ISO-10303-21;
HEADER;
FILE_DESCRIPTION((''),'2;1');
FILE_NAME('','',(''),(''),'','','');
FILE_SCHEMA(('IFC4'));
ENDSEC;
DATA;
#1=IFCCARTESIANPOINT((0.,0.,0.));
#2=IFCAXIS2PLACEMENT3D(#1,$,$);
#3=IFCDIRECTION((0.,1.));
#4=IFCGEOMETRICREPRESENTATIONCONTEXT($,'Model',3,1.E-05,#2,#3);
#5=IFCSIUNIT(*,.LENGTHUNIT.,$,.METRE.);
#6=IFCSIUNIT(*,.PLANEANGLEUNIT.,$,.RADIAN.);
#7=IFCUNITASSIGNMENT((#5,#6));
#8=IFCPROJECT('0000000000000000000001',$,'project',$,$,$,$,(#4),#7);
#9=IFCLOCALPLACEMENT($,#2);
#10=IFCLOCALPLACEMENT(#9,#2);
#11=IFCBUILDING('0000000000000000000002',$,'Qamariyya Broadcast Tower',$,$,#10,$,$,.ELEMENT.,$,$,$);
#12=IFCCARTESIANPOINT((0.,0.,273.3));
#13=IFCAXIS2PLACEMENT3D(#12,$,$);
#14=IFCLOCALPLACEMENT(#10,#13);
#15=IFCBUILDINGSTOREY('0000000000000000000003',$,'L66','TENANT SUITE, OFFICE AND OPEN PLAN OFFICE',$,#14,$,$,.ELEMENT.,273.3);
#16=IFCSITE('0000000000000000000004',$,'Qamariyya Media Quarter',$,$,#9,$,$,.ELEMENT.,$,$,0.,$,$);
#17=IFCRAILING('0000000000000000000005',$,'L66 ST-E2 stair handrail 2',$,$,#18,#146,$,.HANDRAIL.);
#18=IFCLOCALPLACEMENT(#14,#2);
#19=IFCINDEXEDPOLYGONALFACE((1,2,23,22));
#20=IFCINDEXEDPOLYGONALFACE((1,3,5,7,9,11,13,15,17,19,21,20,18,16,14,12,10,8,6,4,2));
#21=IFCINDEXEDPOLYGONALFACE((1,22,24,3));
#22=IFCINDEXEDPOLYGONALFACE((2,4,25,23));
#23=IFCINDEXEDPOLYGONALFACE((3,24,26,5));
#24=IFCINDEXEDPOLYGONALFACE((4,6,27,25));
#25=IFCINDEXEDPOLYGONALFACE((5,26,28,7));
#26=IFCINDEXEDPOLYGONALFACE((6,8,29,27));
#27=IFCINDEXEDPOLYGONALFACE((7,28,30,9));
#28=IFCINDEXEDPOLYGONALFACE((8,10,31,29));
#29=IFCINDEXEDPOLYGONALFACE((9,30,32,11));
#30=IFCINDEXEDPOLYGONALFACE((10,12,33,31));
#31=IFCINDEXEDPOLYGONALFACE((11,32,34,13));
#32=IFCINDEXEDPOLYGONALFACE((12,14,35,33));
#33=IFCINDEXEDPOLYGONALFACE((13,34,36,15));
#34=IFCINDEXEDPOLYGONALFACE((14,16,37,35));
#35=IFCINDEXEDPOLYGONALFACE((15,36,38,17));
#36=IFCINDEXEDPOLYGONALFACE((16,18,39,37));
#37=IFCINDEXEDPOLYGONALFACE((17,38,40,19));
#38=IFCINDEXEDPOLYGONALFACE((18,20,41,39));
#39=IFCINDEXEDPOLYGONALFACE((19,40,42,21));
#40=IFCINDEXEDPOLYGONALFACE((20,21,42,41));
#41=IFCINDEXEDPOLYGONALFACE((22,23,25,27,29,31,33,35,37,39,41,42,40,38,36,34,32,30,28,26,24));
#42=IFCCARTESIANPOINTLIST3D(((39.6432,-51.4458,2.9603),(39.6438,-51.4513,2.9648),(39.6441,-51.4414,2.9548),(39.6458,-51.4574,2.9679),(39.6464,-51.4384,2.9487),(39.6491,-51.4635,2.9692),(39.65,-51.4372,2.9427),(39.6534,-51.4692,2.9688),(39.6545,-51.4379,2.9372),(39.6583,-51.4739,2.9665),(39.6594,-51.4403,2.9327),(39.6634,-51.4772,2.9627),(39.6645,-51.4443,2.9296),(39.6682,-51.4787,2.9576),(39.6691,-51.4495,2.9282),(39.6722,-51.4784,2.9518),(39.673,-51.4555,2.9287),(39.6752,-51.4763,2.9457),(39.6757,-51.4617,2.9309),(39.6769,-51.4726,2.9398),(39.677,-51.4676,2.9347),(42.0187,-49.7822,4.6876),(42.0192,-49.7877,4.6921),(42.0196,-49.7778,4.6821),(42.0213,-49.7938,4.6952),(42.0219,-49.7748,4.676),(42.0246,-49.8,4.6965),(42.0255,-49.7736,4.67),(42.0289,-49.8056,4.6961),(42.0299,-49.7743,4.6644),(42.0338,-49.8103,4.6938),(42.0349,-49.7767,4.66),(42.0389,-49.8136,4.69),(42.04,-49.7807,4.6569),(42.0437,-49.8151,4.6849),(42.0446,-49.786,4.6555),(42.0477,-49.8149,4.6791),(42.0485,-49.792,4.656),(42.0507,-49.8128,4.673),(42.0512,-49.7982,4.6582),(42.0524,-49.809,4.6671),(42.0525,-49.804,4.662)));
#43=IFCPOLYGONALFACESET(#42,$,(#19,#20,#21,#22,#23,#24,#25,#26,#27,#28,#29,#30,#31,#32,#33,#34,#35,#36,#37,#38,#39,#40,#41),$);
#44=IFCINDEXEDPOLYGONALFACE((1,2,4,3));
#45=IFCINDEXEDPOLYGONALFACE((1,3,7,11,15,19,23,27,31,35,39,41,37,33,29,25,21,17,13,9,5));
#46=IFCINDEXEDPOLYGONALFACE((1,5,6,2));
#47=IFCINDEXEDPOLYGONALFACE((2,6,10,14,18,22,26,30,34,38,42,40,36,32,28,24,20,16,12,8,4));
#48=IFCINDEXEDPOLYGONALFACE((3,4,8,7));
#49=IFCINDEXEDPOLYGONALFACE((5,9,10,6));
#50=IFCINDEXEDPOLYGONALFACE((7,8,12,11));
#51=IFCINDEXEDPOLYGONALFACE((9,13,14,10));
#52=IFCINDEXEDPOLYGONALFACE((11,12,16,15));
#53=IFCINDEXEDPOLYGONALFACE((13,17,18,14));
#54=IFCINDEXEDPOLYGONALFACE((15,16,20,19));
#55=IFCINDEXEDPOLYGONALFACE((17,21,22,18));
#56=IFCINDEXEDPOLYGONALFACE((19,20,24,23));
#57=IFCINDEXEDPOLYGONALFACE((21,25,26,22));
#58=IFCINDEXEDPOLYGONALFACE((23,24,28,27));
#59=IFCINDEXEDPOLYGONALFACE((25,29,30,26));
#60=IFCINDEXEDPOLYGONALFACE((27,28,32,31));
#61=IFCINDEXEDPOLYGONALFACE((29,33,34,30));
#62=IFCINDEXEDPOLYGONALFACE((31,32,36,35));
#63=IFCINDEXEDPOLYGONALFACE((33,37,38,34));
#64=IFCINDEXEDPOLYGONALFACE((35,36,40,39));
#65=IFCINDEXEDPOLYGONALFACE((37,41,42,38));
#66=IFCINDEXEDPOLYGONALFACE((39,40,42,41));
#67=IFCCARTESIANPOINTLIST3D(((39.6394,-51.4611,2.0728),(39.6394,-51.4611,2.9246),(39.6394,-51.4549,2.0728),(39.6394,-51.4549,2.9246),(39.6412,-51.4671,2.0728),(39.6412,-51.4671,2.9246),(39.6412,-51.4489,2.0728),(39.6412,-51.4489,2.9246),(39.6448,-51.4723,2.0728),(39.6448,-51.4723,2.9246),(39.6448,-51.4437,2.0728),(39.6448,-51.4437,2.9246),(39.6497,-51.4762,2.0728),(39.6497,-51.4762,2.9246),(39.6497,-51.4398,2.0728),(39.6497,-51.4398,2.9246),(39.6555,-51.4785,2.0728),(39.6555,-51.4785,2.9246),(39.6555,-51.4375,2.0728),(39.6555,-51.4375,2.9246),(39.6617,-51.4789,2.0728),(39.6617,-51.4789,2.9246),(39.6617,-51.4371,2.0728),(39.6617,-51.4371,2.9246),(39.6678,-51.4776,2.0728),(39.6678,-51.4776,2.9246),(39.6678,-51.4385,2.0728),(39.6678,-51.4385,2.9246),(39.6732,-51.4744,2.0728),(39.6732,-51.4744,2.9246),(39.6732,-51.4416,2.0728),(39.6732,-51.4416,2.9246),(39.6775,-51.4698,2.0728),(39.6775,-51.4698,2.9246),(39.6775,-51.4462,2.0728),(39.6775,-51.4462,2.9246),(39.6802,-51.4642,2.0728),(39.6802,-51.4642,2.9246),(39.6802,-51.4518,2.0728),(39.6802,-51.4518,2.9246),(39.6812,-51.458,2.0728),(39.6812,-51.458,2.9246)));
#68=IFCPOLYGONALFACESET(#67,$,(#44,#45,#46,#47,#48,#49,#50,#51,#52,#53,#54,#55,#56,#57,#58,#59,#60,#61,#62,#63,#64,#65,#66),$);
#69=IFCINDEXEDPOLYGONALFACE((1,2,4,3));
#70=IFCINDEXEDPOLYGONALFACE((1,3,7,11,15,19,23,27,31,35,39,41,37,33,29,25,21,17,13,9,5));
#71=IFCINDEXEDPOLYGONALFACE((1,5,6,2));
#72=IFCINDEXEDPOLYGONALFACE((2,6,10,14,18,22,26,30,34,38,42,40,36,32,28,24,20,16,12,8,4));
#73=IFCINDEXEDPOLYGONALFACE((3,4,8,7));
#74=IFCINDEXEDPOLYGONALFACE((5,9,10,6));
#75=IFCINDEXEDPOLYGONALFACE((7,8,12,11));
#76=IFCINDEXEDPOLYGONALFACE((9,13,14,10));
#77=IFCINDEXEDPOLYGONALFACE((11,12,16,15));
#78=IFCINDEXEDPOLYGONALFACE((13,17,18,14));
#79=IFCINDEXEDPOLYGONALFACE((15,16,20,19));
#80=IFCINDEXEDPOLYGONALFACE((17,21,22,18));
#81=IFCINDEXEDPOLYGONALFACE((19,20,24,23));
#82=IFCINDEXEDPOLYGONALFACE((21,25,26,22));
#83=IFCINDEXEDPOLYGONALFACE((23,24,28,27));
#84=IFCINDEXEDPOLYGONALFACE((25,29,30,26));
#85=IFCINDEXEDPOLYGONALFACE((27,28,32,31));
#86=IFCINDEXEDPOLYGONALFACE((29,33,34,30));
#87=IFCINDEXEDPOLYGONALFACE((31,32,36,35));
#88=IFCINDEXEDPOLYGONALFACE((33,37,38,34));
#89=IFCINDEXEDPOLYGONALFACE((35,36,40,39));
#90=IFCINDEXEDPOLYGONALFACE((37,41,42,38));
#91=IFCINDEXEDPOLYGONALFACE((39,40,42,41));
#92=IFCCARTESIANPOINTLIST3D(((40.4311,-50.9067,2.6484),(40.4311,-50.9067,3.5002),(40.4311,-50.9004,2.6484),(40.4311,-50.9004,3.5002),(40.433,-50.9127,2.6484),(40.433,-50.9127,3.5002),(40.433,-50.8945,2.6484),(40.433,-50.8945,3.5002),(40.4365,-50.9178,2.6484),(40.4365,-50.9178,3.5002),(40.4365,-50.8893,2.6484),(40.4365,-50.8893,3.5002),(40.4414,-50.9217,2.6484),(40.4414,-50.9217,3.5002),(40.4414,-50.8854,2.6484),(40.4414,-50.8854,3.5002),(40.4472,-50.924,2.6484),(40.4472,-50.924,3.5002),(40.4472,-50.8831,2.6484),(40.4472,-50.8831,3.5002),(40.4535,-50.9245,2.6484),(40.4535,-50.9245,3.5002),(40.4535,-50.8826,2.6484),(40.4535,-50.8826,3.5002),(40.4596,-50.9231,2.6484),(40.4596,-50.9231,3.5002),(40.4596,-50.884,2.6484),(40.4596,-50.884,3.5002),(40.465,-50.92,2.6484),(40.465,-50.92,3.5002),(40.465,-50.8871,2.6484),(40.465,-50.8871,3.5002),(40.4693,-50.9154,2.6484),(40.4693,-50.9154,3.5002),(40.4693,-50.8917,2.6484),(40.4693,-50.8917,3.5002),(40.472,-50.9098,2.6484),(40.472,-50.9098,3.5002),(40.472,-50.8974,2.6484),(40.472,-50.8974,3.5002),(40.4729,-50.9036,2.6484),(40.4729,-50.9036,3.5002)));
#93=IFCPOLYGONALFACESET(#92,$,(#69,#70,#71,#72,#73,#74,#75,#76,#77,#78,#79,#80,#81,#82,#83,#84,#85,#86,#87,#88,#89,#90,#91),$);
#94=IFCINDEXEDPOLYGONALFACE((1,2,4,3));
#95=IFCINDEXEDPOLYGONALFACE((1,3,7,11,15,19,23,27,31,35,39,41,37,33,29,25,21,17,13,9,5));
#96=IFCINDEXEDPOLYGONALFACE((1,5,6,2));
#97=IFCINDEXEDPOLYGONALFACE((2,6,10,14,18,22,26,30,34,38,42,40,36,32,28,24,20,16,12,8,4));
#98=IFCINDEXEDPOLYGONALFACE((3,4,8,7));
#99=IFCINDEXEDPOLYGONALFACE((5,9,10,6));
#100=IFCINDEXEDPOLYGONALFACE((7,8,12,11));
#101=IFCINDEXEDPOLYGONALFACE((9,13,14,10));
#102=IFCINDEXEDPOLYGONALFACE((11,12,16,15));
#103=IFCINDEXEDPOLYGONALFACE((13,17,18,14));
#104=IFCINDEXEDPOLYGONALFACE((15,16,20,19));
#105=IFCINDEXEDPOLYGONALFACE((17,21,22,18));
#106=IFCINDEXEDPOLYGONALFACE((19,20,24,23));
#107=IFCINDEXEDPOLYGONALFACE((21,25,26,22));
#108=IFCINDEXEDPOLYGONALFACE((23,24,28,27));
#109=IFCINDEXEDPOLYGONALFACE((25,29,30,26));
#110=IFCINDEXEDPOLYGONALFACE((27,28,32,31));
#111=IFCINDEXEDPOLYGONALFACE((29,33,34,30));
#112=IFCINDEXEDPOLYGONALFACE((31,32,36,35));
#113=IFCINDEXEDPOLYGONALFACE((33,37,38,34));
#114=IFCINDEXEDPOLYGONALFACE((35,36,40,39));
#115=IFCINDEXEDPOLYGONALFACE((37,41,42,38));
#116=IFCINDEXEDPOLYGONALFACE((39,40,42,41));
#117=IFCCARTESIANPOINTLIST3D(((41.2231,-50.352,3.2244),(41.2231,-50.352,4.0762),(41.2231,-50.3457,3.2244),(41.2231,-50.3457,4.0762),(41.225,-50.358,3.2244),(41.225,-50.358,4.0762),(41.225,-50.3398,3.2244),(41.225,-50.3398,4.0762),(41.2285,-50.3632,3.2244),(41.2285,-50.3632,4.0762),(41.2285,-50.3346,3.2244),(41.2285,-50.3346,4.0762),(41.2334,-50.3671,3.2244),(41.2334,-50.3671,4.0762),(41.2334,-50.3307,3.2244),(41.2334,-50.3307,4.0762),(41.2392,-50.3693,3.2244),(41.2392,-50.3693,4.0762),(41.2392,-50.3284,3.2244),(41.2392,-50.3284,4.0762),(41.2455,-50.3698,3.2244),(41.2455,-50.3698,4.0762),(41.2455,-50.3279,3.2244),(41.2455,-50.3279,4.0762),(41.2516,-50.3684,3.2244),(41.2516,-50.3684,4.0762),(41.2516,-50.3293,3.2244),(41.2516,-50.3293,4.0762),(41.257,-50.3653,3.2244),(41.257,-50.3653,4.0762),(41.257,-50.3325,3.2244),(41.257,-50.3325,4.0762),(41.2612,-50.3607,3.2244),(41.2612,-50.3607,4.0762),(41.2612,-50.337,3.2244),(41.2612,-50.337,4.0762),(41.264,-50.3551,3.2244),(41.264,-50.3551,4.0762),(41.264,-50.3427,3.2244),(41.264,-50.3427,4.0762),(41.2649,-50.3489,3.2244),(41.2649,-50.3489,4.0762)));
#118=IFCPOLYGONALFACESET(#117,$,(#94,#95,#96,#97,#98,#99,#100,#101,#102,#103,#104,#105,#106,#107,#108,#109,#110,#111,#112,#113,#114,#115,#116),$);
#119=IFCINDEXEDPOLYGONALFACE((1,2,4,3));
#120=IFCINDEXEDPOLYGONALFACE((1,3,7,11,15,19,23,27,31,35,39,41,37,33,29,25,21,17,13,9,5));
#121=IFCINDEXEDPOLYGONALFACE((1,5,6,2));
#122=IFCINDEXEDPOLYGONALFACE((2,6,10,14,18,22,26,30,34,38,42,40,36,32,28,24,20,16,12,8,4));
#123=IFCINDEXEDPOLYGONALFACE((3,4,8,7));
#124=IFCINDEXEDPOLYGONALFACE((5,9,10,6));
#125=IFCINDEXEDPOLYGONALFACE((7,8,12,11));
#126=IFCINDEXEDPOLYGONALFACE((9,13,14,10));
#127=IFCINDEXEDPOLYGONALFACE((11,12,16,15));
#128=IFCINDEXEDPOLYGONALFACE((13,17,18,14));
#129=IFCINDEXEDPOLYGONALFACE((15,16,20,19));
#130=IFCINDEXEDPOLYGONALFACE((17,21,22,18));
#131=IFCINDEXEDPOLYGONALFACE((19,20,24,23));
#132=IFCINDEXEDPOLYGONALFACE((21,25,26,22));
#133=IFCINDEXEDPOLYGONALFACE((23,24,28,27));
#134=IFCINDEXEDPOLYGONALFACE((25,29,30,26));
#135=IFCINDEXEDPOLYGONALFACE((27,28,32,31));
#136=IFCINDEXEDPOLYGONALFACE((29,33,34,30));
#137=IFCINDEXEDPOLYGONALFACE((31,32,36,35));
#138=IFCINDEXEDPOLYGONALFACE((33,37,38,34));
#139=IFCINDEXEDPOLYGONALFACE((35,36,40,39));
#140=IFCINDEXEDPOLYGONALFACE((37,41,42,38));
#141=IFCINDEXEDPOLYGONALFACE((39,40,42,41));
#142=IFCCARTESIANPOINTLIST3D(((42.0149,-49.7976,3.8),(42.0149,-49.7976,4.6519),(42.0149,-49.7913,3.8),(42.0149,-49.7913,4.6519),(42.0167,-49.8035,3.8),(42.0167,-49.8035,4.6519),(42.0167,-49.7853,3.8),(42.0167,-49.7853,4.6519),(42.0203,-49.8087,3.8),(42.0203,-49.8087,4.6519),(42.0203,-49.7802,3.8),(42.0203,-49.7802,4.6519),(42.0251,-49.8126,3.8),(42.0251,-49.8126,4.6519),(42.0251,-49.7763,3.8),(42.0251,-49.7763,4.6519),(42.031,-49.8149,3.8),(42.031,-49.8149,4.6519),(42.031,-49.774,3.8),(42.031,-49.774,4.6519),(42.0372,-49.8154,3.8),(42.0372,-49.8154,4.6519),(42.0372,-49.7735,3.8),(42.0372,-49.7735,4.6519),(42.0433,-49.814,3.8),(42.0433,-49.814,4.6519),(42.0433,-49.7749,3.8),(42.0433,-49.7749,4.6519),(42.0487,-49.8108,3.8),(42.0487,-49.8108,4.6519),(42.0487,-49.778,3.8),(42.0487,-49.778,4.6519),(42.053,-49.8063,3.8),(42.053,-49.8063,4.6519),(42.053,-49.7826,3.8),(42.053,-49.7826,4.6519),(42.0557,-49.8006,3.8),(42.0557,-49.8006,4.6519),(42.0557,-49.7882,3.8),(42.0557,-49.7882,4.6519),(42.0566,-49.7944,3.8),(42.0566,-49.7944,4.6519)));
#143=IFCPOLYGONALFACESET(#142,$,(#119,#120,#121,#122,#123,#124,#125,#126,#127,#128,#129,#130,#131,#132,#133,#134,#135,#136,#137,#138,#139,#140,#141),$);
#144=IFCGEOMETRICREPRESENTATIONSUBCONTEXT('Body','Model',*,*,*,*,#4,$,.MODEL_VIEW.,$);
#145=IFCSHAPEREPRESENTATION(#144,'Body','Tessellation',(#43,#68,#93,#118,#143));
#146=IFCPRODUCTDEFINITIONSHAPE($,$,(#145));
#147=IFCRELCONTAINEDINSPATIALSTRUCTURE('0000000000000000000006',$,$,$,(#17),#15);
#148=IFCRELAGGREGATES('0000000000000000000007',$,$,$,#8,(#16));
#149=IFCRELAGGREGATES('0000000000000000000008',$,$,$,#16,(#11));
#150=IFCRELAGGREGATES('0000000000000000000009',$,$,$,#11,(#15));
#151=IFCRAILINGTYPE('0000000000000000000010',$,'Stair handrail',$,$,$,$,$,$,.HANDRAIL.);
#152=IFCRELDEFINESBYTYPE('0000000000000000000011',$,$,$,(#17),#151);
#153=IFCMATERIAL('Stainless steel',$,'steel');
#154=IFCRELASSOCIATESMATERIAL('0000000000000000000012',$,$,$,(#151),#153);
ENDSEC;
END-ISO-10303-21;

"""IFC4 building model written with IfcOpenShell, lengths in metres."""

from ifc_helpers import new_model, si_unit, direction, frame, origin, origin_2d, place, context, subcontext, project, spatial, circle, extrude, material, type_object, element, save


model = new_model("IFC4")

# Units and contexts
model_context = context("Model", 3, precision=1e-05, world=origin(), true_north=direction((0.0, 1.0)))
body_context = subcontext(model_context, "Body", "Model", "MODEL_VIEW")
ifc_project = project(units=[si_unit("LENGTHUNIT", "METRE"), si_unit("PLANEANGLEUNIT", "RADIAN")], contexts=[model_context])

# Site, building, storey
site_placement = place(None, origin())
site = spatial("IfcSite", under=ifc_project, at=site_placement, Name="Qamariyya Media Quarter", CompositionType="ELEMENT", RefElevation=0.0)
building_placement = place(site_placement, origin())
building = spatial("IfcBuilding", under=site, at=building_placement, Name="Qamariyya Broadcast Tower", CompositionType="ELEMENT")
storey_placement = place(building_placement, frame((0.0, 0.0, 273.3)))
storey = spatial("IfcBuildingStorey", under=building, at=storey_placement, Name="L66", Description="TENANT SUITE, OFFICE AND OPEN PLAN OFFICE", CompositionType="ELEMENT", Elevation=273.3)

# Railing
ifc_material_1 = material(Name="Stainless steel", Category="steel")
railing_type_1 = type_object("IfcRailingType", Name="Stair handrail", PredefinedType="HANDRAIL", material=ifc_material_1)
railing_1_placement = place(storey_placement, frame((39.6602, -51.458, 2.0728)))
element("IfcRailing", 1, at=railing_1_placement, inside=storey, type_object=railing_type_1, Name="L66 ST-E2 stair handrail 2", PredefinedType="HANDRAIL", context=body_context, shape_type="SweptSolid", body=[
    extrude(circle(Radius=0.0239, at=origin_2d()), frame((0.0, 0.0, 0.876), z_axis=(0.703745, 0.492838, 0.511716), x_axis=(-0.573632, 0.819113, 0.0)), (0.0, 0.0, 1.0), 3.3755),
    extrude(circle(Radius=0.021, at=origin_2d()), origin(), (0.0, 0.0, 1.0), 0.8518),
    extrude(circle(Radius=0.021, at=origin_2d()), frame((0.7917, 0.5544, 0.5757)), (0.0, 0.0, 1.0), 0.8518),
    extrude(circle(Radius=0.021, at=origin_2d()), frame((1.5837, 1.1091, 1.1516)), (0.0, 0.0, 1.0), 0.8518),
    extrude(circle(Radius=0.021, at=origin_2d()), frame((2.3755, 1.6636, 1.7273)), (0.0, 0.0, 1.0), 0.8518),
])

save(model, "model.ifc")
